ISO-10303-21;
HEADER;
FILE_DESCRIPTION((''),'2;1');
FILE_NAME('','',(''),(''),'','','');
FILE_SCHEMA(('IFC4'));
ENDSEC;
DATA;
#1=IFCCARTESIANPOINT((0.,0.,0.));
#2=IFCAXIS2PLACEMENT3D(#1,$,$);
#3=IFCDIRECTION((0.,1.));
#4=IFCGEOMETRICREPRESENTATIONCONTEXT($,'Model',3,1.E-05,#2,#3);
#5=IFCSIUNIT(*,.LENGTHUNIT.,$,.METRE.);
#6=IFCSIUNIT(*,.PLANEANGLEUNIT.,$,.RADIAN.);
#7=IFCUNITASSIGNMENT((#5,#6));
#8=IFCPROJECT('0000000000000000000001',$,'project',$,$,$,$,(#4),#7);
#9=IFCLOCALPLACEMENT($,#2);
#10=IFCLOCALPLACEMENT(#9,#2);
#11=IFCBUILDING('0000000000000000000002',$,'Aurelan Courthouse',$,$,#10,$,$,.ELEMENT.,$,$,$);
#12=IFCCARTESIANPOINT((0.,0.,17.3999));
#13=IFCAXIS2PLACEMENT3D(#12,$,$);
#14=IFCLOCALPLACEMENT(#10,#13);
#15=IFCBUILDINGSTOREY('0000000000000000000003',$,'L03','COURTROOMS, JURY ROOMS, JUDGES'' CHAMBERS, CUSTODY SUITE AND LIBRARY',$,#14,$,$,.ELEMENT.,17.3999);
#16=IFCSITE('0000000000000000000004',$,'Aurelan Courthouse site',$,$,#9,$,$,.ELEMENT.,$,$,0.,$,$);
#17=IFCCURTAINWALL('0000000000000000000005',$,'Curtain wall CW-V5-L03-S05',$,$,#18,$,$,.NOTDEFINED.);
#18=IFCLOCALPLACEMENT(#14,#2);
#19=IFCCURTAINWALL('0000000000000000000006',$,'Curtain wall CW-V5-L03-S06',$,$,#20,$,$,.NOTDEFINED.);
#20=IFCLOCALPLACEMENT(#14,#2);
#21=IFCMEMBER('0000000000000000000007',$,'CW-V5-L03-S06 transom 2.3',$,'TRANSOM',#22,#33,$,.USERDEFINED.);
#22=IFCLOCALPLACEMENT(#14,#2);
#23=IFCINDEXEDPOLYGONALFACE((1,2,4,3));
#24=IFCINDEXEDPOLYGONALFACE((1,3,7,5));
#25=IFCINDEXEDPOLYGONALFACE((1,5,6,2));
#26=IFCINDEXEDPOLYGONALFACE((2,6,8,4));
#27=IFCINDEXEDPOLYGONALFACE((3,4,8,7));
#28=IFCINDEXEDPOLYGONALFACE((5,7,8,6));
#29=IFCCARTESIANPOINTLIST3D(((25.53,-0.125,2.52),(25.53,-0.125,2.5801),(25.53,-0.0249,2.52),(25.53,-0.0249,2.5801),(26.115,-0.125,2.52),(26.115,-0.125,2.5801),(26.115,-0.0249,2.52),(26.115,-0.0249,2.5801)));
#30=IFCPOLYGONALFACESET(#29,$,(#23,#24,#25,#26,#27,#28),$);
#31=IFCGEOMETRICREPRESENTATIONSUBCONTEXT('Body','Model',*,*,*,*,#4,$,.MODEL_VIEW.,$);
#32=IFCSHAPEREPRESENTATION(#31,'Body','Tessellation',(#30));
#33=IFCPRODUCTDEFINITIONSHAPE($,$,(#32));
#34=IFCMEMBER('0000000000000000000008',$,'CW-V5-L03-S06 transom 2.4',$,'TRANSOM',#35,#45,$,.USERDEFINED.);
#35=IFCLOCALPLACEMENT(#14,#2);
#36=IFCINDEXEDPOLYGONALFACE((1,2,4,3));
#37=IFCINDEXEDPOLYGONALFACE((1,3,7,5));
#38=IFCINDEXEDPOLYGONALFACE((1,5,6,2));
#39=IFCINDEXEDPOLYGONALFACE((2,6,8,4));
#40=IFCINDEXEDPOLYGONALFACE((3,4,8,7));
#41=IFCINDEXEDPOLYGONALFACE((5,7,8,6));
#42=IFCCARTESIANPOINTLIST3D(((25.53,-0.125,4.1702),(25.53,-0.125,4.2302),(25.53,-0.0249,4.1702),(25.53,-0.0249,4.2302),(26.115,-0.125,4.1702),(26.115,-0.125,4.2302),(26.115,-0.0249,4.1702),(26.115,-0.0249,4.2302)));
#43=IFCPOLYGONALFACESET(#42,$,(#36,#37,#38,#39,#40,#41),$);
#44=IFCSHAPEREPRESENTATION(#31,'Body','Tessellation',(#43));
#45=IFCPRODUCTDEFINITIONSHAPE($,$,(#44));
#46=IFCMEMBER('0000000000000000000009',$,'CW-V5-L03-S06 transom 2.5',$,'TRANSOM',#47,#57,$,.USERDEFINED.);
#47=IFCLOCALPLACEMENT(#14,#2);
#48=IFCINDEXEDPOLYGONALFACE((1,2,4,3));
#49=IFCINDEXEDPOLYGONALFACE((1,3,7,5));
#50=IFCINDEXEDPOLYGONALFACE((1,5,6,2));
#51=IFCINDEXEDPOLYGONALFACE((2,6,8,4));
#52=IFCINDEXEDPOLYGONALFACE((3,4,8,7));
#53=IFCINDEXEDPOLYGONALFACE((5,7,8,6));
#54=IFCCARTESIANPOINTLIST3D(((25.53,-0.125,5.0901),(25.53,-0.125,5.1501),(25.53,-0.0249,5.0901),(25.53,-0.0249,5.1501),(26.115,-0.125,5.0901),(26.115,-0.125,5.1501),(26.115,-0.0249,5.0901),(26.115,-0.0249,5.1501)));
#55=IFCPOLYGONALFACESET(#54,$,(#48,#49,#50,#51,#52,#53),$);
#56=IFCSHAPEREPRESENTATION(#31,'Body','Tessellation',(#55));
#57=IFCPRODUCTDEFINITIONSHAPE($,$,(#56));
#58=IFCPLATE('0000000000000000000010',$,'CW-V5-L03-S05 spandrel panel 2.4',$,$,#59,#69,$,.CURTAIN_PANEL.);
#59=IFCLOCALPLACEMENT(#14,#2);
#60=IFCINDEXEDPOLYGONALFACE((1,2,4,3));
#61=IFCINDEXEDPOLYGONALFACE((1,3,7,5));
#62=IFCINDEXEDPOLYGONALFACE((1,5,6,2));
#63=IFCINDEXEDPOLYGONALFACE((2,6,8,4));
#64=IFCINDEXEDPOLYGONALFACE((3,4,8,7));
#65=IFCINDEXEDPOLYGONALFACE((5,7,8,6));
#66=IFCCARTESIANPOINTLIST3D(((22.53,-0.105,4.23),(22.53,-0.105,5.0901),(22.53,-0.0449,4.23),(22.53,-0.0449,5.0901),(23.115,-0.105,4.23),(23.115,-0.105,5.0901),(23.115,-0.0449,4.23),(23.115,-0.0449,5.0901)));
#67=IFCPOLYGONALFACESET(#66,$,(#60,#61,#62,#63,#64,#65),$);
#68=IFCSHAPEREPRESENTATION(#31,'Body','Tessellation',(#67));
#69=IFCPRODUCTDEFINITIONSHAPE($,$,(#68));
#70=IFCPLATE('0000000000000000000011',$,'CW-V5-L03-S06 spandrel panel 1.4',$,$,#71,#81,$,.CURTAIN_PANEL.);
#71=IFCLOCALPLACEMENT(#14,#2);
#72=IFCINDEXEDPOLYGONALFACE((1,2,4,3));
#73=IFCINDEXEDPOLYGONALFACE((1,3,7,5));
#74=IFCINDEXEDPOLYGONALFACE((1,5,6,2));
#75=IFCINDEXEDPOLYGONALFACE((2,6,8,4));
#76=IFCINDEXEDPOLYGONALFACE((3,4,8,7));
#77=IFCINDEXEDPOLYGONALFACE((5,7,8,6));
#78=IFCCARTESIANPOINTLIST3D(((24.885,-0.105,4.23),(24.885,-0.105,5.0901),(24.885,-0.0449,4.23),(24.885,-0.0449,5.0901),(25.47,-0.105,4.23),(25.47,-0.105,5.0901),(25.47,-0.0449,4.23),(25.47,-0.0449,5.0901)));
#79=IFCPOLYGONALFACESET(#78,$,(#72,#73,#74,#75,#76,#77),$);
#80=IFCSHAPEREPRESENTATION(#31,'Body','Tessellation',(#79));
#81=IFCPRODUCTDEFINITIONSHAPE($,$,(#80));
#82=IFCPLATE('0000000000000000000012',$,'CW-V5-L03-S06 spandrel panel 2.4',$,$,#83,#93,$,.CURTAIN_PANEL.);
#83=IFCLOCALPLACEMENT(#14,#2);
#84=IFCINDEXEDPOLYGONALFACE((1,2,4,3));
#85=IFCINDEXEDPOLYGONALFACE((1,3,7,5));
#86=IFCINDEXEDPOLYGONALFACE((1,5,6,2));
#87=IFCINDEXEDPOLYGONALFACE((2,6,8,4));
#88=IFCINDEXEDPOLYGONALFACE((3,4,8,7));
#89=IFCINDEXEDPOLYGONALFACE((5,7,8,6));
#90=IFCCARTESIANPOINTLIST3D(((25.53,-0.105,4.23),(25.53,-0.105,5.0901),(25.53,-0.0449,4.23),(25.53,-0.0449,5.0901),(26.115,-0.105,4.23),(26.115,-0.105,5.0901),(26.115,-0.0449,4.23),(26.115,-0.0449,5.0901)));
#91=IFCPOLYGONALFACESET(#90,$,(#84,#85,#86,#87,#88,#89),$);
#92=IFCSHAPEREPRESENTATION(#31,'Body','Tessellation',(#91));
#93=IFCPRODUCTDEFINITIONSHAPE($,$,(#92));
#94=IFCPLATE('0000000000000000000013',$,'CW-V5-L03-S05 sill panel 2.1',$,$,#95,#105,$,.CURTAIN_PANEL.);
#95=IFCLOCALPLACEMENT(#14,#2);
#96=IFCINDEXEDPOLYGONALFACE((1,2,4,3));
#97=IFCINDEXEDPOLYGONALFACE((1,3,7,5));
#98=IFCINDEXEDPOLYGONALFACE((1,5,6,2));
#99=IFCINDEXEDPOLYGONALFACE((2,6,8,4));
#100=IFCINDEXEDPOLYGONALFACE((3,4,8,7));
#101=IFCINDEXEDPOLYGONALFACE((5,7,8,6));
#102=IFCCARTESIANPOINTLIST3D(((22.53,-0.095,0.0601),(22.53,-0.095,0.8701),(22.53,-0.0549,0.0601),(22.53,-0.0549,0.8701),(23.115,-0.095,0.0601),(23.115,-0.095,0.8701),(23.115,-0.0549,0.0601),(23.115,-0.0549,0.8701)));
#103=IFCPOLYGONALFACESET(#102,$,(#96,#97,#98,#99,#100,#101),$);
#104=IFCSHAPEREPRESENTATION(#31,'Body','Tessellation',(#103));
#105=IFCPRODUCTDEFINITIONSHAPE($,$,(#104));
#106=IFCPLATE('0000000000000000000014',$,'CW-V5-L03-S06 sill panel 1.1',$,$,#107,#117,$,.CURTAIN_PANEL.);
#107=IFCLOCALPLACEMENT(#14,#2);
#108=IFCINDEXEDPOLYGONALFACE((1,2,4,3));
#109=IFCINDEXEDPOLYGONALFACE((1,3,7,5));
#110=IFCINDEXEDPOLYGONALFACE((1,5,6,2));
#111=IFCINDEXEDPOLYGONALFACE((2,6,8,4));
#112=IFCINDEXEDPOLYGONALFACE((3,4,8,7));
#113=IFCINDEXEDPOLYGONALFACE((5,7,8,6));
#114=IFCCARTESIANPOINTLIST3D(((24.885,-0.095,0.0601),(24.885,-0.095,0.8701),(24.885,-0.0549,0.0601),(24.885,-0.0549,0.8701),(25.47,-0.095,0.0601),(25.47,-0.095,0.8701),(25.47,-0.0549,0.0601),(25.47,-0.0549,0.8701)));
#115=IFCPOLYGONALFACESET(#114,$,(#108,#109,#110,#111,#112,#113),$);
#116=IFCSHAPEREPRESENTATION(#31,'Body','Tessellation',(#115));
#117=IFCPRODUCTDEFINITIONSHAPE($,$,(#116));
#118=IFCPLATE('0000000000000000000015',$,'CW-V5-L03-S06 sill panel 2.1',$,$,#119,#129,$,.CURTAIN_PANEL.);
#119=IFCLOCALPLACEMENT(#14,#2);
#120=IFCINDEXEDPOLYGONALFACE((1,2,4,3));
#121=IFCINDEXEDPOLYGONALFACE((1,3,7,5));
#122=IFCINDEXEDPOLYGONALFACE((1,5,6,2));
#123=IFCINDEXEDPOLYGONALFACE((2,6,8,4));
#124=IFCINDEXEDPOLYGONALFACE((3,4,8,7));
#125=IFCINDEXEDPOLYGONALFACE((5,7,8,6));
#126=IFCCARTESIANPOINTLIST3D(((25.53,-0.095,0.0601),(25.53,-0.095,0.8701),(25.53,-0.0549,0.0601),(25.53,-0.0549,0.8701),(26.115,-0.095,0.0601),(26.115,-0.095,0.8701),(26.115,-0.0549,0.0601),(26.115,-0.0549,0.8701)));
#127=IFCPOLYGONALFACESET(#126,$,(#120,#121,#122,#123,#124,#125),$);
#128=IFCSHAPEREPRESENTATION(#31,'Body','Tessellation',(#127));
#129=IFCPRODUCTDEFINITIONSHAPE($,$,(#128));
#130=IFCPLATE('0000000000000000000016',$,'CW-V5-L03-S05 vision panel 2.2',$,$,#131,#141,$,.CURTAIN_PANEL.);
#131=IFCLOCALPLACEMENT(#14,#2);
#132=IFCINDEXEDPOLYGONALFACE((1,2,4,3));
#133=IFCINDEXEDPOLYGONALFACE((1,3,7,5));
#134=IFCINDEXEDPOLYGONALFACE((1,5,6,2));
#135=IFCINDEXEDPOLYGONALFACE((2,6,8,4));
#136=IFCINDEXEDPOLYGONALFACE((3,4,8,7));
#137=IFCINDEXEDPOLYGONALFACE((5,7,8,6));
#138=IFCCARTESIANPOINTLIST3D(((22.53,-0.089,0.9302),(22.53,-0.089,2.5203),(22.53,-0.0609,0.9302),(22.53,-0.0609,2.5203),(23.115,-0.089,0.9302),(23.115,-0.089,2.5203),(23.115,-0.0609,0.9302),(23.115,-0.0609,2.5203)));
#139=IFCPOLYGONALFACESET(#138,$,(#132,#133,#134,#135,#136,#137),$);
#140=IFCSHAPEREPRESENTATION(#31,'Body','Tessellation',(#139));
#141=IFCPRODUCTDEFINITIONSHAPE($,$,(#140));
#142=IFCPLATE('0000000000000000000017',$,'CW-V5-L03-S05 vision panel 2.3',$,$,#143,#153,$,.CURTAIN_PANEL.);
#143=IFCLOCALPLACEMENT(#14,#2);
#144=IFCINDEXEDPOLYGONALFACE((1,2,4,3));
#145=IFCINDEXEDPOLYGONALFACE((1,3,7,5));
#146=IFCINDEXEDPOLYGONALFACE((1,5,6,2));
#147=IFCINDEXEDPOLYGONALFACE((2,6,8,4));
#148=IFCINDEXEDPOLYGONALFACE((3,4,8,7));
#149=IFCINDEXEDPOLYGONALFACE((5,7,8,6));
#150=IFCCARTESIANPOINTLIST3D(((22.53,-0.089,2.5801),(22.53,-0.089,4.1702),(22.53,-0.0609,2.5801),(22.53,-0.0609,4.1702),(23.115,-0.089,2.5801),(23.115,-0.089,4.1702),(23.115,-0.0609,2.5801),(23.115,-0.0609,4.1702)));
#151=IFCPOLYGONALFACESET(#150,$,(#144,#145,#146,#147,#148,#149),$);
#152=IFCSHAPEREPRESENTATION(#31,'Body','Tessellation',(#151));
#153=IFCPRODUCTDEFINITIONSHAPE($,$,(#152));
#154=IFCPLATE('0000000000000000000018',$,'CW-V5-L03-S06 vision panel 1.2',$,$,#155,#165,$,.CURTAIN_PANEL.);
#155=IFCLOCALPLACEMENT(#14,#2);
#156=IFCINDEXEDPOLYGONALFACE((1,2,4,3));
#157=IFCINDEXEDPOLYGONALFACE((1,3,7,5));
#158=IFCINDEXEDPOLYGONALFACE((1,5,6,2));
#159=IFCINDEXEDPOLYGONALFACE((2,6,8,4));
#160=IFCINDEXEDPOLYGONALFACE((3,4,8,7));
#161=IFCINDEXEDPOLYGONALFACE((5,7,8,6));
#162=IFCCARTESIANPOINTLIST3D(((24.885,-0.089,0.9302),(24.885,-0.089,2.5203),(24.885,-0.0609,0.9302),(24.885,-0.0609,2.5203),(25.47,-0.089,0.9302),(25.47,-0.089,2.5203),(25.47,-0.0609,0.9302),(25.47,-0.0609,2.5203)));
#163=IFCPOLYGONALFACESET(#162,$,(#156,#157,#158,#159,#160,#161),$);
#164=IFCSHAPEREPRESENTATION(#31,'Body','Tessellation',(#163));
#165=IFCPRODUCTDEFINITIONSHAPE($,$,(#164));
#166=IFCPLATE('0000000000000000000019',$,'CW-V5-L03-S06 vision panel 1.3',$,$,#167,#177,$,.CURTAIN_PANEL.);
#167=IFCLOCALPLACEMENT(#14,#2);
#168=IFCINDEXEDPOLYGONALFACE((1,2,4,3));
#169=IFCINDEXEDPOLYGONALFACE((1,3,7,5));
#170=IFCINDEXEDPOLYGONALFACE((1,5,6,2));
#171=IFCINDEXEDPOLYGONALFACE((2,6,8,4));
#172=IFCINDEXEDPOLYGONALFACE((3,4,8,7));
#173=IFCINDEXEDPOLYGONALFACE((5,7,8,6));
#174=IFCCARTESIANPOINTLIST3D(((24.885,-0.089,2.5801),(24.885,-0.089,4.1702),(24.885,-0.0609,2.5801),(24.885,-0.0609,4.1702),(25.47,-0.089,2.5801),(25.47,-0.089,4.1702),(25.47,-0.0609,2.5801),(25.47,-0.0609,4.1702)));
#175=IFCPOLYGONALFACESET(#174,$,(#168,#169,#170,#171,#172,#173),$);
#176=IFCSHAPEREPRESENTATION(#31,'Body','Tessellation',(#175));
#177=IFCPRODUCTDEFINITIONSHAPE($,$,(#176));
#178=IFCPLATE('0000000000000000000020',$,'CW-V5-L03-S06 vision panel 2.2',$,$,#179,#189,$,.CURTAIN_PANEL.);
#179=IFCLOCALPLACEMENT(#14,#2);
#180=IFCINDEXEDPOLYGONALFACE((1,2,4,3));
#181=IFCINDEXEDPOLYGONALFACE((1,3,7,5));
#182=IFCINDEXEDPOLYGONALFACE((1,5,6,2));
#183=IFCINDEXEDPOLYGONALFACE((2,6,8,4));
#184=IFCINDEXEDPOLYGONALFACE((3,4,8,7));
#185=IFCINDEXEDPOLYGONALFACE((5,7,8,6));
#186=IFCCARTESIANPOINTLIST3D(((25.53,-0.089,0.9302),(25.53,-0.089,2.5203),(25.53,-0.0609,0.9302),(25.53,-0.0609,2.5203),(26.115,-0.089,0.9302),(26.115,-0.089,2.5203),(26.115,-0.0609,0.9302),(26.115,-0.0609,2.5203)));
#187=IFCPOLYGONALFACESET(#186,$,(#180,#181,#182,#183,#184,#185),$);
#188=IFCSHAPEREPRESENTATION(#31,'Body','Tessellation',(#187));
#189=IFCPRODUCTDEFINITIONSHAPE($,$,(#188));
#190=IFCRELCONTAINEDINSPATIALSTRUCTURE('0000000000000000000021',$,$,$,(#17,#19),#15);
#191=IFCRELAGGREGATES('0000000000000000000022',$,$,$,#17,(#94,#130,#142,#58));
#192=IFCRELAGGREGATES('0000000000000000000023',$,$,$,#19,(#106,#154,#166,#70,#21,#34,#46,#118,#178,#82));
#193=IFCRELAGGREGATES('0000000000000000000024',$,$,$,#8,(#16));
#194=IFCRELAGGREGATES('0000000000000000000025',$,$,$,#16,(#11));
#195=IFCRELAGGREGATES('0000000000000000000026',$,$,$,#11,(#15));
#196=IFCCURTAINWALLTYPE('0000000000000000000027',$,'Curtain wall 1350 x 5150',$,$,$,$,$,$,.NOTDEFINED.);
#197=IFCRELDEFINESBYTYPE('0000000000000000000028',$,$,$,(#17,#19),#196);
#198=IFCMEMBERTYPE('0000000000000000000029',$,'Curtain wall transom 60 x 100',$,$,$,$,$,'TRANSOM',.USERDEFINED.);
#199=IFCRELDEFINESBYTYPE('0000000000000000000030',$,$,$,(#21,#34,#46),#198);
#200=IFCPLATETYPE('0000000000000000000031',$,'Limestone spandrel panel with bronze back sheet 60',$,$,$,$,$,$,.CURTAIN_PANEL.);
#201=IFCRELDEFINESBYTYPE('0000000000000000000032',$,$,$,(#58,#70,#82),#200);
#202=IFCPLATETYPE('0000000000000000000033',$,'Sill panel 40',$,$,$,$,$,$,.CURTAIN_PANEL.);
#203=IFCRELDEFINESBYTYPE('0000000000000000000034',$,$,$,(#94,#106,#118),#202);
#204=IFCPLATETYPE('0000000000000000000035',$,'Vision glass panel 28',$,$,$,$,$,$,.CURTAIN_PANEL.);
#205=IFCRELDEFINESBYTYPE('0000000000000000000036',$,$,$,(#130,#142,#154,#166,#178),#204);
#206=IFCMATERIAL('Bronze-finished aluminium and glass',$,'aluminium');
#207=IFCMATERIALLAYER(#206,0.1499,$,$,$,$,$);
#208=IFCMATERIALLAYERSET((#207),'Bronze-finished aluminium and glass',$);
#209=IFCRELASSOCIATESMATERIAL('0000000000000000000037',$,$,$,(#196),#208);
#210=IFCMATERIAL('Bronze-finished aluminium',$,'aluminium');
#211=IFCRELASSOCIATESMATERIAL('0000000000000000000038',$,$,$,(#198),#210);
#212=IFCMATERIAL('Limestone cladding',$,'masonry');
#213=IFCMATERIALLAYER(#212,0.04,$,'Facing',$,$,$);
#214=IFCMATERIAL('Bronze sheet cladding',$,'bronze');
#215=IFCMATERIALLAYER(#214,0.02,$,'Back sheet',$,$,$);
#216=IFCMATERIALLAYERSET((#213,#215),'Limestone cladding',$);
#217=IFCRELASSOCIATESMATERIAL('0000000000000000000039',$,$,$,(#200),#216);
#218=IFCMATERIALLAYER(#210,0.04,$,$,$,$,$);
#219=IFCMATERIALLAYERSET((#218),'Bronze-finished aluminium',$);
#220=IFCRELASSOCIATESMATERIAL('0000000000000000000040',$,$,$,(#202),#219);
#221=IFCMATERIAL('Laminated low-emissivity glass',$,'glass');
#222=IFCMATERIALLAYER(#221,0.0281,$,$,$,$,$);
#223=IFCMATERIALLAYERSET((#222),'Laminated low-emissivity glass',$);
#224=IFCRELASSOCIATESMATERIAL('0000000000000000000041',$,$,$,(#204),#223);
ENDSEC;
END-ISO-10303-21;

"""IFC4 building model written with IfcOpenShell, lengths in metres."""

from ifc_helpers import new_model, si_unit, direction, frame, origin, origin_2d, place, context, subcontext, project, spatial, rectangle, extrude, material, layer, layer_set, material_profile, profile_set, type_object, element, aggregate, save


model = new_model("IFC4")

# Units and contexts
model_context = context("Model", 3, precision=1e-05, world=origin(), true_north=direction((0.0, 1.0)))
body_context = subcontext(model_context, "Body", "Model", "MODEL_VIEW")
ifc_project = project(units=[si_unit("LENGTHUNIT", "METRE"), si_unit("PLANEANGLEUNIT", "RADIAN")], contexts=[model_context])

# Site, building, storey
site_placement = place(None, origin())
site = spatial("IfcSite", under=ifc_project, at=site_placement, Name="Aurelan Courthouse site", CompositionType="ELEMENT", RefElevation=0.0)
building_placement = place(site_placement, origin())
building = spatial("IfcBuilding", under=site, at=building_placement, Name="Aurelan Courthouse", CompositionType="ELEMENT")
storey_placement = place(building_placement, frame((0.0, 0.0, 17.3999)))
storey = spatial("IfcBuildingStorey", under=building, at=storey_placement, Name="L03", Description="COURTROOMS, JURY ROOMS, JUDGES' CHAMBERS, CUSTODY SUITE AND LIBRARY", CompositionType="ELEMENT", Elevation=17.3999)

# Curtain wall
ifc_material_1 = material(Name="Bronze-finished aluminium and glass", Category="aluminium")
ifc_layer_1 = layer(ifc_material_1, 0.1499)
ifc_layer_set_1 = layer_set([ifc_layer_1], Name="Bronze-finished aluminium and glass")
curtain_wall_type = type_object("IfcCurtainWallType", Name="Curtain wall 1350 x 5150", PredefinedType="NOTDEFINED", material=ifc_layer_set_1)
curtain_wall_1_placement = place(storey_placement, origin())
curtain_wall_1 = element("IfcCurtainWall", 1, at=curtain_wall_1_placement, inside=storey, type_object=curtain_wall_type, Name="Curtain wall CW-V5-L03-S05", PredefinedType="NOTDEFINED")
ifc_material_2 = material(Name="Bronze-finished aluminium", Category="aluminium")

# Curtain wall
curtain_wall_2_placement = place(storey_placement, origin())
curtain_wall_2 = element("IfcCurtainWall", 2, at=curtain_wall_2_placement, inside=storey, type_object=curtain_wall_type, Name="Curtain wall CW-V5-L03-S06", PredefinedType="NOTDEFINED")

# Members
ifc_material_profile_1 = material_profile(ifc_material_2, rectangle(XDim=0.1001, YDim=0.0601, at=origin_2d()), Name="Bronze transom 60 x 100")
ifc_profile_set_1 = profile_set([ifc_material_profile_1], Name="Bronze-finished aluminium")
member_type_1 = type_object("IfcMemberType", Name="Curtain wall transom 60 x 100", ElementType="TRANSOM", PredefinedType="USERDEFINED", material=ifc_profile_set_1)
member_1_placement = place(storey_placement, frame((25.53, -0.075, 2.55), z_axis=(1.0, 0.0, 0.0), x_axis=(0.0, 1.0, 0.0)))
member_1 = element("IfcMember", 3, at=member_1_placement, type_object=member_type_1, Name="CW-V5-L03-S06 transom 2.3", ObjectType="TRANSOM", PredefinedType="USERDEFINED", context=body_context, shape_type="SweptSolid", body=[
    extrude(rectangle(XDim=0.1001, YDim=0.0601, at=origin_2d()), origin(), (0.0, 0.0, 1.0), 0.585),
])
member_2_placement = place(storey_placement, frame((25.53, -0.075, 4.2002), z_axis=(1.0, 0.0, 0.0), x_axis=(0.0, 1.0, 0.0)))
member_2 = element("IfcMember", 4, at=member_2_placement, type_object=member_type_1, Name="CW-V5-L03-S06 transom 2.4", ObjectType="TRANSOM", PredefinedType="USERDEFINED", context=body_context, shape_type="SweptSolid", body=[
    extrude(rectangle(XDim=0.1001, YDim=0.0601, at=origin_2d()), origin(), (0.0, 0.0, 1.0), 0.585),
])
member_3_placement = place(storey_placement, frame((25.53, -0.075, 5.1201), z_axis=(1.0, 0.0, 0.0), x_axis=(0.0, 1.0, 0.0)))
member_3 = element("IfcMember", 5, at=member_3_placement, type_object=member_type_1, Name="CW-V5-L03-S06 transom 2.5", ObjectType="TRANSOM", PredefinedType="USERDEFINED", context=body_context, shape_type="SweptSolid", body=[
    extrude(rectangle(XDim=0.1001, YDim=0.0601, at=origin_2d()), origin(), (0.0, 0.0, 1.0), 0.585),
])

# Plates
ifc_material_3 = material(Name="Limestone cladding", Category="masonry")
ifc_layer_2 = layer(ifc_material_3, 0.04, Name="Facing")
ifc_material_4 = material(Name="Bronze sheet cladding", Category="bronze")
ifc_layer_3 = layer(ifc_material_4, 0.02, Name="Back sheet")
ifc_layer_set_2 = layer_set([ifc_layer_2, ifc_layer_3], Name="Limestone cladding")
plate_type_1 = type_object("IfcPlateType", Name="Limestone spandrel panel with bronze back sheet 60", PredefinedType="CURTAIN_PANEL", material=ifc_layer_set_2)
plate_1_placement = place(storey_placement, frame((22.8225, -0.075, 4.23), z_axis=(0.0, 0.0, 1.0), x_axis=(1.0, 0.0, 0.0)))
plate_1 = element("IfcPlate", 6, at=plate_1_placement, type_object=plate_type_1, Name="CW-V5-L03-S05 spandrel panel 2.4", PredefinedType="CURTAIN_PANEL", context=body_context, shape_type="SweptSolid", body=[
    extrude(rectangle(XDim=0.585, YDim=0.0601, at=origin_2d()), origin(), (0.0, 0.0, 1.0), 0.8601),
])
plate_2_placement = place(storey_placement, frame((25.1775, -0.075, 4.23), z_axis=(0.0, 0.0, 1.0), x_axis=(1.0, 0.0, 0.0)))
plate_2 = element("IfcPlate", 7, at=plate_2_placement, type_object=plate_type_1, Name="CW-V5-L03-S06 spandrel panel 1.4", PredefinedType="CURTAIN_PANEL", context=body_context, shape_type="SweptSolid", body=[
    extrude(rectangle(XDim=0.585, YDim=0.0601, at=origin_2d()), origin(), (0.0, 0.0, 1.0), 0.8601),
])
plate_3_placement = place(storey_placement, frame((25.8225, -0.075, 4.23), z_axis=(0.0, 0.0, 1.0), x_axis=(1.0, 0.0, 0.0)))
plate_3 = element("IfcPlate", 8, at=plate_3_placement, type_object=plate_type_1, Name="CW-V5-L03-S06 spandrel panel 2.4", PredefinedType="CURTAIN_PANEL", context=body_context, shape_type="SweptSolid", body=[
    extrude(rectangle(XDim=0.585, YDim=0.0601, at=origin_2d()), origin(), (0.0, 0.0, 1.0), 0.8601),
])
ifc_layer_4 = layer(ifc_material_2, 0.04)
ifc_layer_set_3 = layer_set([ifc_layer_4], Name="Bronze-finished aluminium")
plate_type_2 = type_object("IfcPlateType", Name="Sill panel 40", PredefinedType="CURTAIN_PANEL", material=ifc_layer_set_3)
plate_4_placement = place(storey_placement, frame((22.8225, -0.075, 0.0601), z_axis=(0.0, 0.0, 1.0), x_axis=(1.0, 0.0, 0.0)))
plate_4 = element("IfcPlate", 9, at=plate_4_placement, type_object=plate_type_2, Name="CW-V5-L03-S05 sill panel 2.1", PredefinedType="CURTAIN_PANEL", context=body_context, shape_type="SweptSolid", body=[
    extrude(rectangle(XDim=0.585, YDim=0.04, at=origin_2d()), origin(), (0.0, 0.0, 1.0), 0.8101),
])
plate_5_placement = place(storey_placement, frame((25.1775, -0.075, 0.0601), z_axis=(0.0, 0.0, 1.0), x_axis=(1.0, 0.0, 0.0)))
plate_5 = element("IfcPlate", 10, at=plate_5_placement, type_object=plate_type_2, Name="CW-V5-L03-S06 sill panel 1.1", PredefinedType="CURTAIN_PANEL", context=body_context, shape_type="SweptSolid", body=[
    extrude(rectangle(XDim=0.585, YDim=0.04, at=origin_2d()), origin(), (0.0, 0.0, 1.0), 0.8101),
])
plate_6_placement = place(storey_placement, frame((25.8225, -0.075, 0.0601), z_axis=(0.0, 0.0, 1.0), x_axis=(1.0, 0.0, 0.0)))
plate_6 = element("IfcPlate", 11, at=plate_6_placement, type_object=plate_type_2, Name="CW-V5-L03-S06 sill panel 2.1", PredefinedType="CURTAIN_PANEL", context=body_context, shape_type="SweptSolid", body=[
    extrude(rectangle(XDim=0.585, YDim=0.04, at=origin_2d()), origin(), (0.0, 0.0, 1.0), 0.8101),
])
ifc_material_5 = material(Name="Laminated low-emissivity glass", Category="glass")
ifc_layer_5 = layer(ifc_material_5, 0.0281)
ifc_layer_set_4 = layer_set([ifc_layer_5], Name="Laminated low-emissivity glass")
plate_type_3 = type_object("IfcPlateType", Name="Vision glass panel 28", PredefinedType="CURTAIN_PANEL", material=ifc_layer_set_4)
plate_7_placement = place(storey_placement, frame((22.8225, -0.075, 0.9302), z_axis=(0.0, 0.0, 1.0), x_axis=(1.0, 0.0, 0.0)))
plate_7 = element("IfcPlate", 12, at=plate_7_placement, type_object=plate_type_3, Name="CW-V5-L03-S05 vision panel 2.2", PredefinedType="CURTAIN_PANEL", context=body_context, shape_type="SweptSolid", body=[
    extrude(rectangle(XDim=0.585, YDim=0.0281, at=origin_2d()), origin(), (0.0, 0.0, 1.0), 1.5901),
])
plate_8_placement = place(storey_placement, frame((22.8225, -0.075, 2.5801), z_axis=(0.0, 0.0, 1.0), x_axis=(1.0, 0.0, 0.0)))
plate_8 = element("IfcPlate", 13, at=plate_8_placement, type_object=plate_type_3, Name="CW-V5-L03-S05 vision panel 2.3", PredefinedType="CURTAIN_PANEL", context=body_context, shape_type="SweptSolid", body=[
    extrude(rectangle(XDim=0.585, YDim=0.0281, at=origin_2d()), origin(), (0.0, 0.0, 1.0), 1.5901),
])
aggregate(curtain_wall_1, [plate_4, plate_7, plate_8, plate_1])
plate_9_placement = place(storey_placement, frame((25.1775, -0.075, 0.9302), z_axis=(0.0, 0.0, 1.0), x_axis=(1.0, 0.0, 0.0)))
plate_9 = element("IfcPlate", 14, at=plate_9_placement, type_object=plate_type_3, Name="CW-V5-L03-S06 vision panel 1.2", PredefinedType="CURTAIN_PANEL", context=body_context, shape_type="SweptSolid", body=[
    extrude(rectangle(XDim=0.585, YDim=0.0281, at=origin_2d()), origin(), (0.0, 0.0, 1.0), 1.5901),
])
plate_10_placement = place(storey_placement, frame((25.1775, -0.075, 2.5801), z_axis=(0.0, 0.0, 1.0), x_axis=(1.0, 0.0, 0.0)))
plate_10 = element("IfcPlate", 15, at=plate_10_placement, type_object=plate_type_3, Name="CW-V5-L03-S06 vision panel 1.3", PredefinedType="CURTAIN_PANEL", context=body_context, shape_type="SweptSolid", body=[
    extrude(rectangle(XDim=0.585, YDim=0.0281, at=origin_2d()), origin(), (0.0, 0.0, 1.0), 1.5901),
])
plate_11_placement = place(storey_placement, frame((25.8225, -0.075, 0.9302), z_axis=(0.0, 0.0, 1.0), x_axis=(1.0, 0.0, 0.0)))
plate_11 = element("IfcPlate", 16, at=plate_11_placement, type_object=plate_type_3, Name="CW-V5-L03-S06 vision panel 2.2", PredefinedType="CURTAIN_PANEL", context=body_context, shape_type="SweptSolid", body=[
    extrude(rectangle(XDim=0.585, YDim=0.0281, at=origin_2d()), origin(), (0.0, 0.0, 1.0), 1.5901),
])
aggregate(curtain_wall_2, [plate_5, plate_9, plate_10, plate_2, member_1, member_2, member_3, plate_6, plate_11, plate_3])

save(model, "model.ifc")
